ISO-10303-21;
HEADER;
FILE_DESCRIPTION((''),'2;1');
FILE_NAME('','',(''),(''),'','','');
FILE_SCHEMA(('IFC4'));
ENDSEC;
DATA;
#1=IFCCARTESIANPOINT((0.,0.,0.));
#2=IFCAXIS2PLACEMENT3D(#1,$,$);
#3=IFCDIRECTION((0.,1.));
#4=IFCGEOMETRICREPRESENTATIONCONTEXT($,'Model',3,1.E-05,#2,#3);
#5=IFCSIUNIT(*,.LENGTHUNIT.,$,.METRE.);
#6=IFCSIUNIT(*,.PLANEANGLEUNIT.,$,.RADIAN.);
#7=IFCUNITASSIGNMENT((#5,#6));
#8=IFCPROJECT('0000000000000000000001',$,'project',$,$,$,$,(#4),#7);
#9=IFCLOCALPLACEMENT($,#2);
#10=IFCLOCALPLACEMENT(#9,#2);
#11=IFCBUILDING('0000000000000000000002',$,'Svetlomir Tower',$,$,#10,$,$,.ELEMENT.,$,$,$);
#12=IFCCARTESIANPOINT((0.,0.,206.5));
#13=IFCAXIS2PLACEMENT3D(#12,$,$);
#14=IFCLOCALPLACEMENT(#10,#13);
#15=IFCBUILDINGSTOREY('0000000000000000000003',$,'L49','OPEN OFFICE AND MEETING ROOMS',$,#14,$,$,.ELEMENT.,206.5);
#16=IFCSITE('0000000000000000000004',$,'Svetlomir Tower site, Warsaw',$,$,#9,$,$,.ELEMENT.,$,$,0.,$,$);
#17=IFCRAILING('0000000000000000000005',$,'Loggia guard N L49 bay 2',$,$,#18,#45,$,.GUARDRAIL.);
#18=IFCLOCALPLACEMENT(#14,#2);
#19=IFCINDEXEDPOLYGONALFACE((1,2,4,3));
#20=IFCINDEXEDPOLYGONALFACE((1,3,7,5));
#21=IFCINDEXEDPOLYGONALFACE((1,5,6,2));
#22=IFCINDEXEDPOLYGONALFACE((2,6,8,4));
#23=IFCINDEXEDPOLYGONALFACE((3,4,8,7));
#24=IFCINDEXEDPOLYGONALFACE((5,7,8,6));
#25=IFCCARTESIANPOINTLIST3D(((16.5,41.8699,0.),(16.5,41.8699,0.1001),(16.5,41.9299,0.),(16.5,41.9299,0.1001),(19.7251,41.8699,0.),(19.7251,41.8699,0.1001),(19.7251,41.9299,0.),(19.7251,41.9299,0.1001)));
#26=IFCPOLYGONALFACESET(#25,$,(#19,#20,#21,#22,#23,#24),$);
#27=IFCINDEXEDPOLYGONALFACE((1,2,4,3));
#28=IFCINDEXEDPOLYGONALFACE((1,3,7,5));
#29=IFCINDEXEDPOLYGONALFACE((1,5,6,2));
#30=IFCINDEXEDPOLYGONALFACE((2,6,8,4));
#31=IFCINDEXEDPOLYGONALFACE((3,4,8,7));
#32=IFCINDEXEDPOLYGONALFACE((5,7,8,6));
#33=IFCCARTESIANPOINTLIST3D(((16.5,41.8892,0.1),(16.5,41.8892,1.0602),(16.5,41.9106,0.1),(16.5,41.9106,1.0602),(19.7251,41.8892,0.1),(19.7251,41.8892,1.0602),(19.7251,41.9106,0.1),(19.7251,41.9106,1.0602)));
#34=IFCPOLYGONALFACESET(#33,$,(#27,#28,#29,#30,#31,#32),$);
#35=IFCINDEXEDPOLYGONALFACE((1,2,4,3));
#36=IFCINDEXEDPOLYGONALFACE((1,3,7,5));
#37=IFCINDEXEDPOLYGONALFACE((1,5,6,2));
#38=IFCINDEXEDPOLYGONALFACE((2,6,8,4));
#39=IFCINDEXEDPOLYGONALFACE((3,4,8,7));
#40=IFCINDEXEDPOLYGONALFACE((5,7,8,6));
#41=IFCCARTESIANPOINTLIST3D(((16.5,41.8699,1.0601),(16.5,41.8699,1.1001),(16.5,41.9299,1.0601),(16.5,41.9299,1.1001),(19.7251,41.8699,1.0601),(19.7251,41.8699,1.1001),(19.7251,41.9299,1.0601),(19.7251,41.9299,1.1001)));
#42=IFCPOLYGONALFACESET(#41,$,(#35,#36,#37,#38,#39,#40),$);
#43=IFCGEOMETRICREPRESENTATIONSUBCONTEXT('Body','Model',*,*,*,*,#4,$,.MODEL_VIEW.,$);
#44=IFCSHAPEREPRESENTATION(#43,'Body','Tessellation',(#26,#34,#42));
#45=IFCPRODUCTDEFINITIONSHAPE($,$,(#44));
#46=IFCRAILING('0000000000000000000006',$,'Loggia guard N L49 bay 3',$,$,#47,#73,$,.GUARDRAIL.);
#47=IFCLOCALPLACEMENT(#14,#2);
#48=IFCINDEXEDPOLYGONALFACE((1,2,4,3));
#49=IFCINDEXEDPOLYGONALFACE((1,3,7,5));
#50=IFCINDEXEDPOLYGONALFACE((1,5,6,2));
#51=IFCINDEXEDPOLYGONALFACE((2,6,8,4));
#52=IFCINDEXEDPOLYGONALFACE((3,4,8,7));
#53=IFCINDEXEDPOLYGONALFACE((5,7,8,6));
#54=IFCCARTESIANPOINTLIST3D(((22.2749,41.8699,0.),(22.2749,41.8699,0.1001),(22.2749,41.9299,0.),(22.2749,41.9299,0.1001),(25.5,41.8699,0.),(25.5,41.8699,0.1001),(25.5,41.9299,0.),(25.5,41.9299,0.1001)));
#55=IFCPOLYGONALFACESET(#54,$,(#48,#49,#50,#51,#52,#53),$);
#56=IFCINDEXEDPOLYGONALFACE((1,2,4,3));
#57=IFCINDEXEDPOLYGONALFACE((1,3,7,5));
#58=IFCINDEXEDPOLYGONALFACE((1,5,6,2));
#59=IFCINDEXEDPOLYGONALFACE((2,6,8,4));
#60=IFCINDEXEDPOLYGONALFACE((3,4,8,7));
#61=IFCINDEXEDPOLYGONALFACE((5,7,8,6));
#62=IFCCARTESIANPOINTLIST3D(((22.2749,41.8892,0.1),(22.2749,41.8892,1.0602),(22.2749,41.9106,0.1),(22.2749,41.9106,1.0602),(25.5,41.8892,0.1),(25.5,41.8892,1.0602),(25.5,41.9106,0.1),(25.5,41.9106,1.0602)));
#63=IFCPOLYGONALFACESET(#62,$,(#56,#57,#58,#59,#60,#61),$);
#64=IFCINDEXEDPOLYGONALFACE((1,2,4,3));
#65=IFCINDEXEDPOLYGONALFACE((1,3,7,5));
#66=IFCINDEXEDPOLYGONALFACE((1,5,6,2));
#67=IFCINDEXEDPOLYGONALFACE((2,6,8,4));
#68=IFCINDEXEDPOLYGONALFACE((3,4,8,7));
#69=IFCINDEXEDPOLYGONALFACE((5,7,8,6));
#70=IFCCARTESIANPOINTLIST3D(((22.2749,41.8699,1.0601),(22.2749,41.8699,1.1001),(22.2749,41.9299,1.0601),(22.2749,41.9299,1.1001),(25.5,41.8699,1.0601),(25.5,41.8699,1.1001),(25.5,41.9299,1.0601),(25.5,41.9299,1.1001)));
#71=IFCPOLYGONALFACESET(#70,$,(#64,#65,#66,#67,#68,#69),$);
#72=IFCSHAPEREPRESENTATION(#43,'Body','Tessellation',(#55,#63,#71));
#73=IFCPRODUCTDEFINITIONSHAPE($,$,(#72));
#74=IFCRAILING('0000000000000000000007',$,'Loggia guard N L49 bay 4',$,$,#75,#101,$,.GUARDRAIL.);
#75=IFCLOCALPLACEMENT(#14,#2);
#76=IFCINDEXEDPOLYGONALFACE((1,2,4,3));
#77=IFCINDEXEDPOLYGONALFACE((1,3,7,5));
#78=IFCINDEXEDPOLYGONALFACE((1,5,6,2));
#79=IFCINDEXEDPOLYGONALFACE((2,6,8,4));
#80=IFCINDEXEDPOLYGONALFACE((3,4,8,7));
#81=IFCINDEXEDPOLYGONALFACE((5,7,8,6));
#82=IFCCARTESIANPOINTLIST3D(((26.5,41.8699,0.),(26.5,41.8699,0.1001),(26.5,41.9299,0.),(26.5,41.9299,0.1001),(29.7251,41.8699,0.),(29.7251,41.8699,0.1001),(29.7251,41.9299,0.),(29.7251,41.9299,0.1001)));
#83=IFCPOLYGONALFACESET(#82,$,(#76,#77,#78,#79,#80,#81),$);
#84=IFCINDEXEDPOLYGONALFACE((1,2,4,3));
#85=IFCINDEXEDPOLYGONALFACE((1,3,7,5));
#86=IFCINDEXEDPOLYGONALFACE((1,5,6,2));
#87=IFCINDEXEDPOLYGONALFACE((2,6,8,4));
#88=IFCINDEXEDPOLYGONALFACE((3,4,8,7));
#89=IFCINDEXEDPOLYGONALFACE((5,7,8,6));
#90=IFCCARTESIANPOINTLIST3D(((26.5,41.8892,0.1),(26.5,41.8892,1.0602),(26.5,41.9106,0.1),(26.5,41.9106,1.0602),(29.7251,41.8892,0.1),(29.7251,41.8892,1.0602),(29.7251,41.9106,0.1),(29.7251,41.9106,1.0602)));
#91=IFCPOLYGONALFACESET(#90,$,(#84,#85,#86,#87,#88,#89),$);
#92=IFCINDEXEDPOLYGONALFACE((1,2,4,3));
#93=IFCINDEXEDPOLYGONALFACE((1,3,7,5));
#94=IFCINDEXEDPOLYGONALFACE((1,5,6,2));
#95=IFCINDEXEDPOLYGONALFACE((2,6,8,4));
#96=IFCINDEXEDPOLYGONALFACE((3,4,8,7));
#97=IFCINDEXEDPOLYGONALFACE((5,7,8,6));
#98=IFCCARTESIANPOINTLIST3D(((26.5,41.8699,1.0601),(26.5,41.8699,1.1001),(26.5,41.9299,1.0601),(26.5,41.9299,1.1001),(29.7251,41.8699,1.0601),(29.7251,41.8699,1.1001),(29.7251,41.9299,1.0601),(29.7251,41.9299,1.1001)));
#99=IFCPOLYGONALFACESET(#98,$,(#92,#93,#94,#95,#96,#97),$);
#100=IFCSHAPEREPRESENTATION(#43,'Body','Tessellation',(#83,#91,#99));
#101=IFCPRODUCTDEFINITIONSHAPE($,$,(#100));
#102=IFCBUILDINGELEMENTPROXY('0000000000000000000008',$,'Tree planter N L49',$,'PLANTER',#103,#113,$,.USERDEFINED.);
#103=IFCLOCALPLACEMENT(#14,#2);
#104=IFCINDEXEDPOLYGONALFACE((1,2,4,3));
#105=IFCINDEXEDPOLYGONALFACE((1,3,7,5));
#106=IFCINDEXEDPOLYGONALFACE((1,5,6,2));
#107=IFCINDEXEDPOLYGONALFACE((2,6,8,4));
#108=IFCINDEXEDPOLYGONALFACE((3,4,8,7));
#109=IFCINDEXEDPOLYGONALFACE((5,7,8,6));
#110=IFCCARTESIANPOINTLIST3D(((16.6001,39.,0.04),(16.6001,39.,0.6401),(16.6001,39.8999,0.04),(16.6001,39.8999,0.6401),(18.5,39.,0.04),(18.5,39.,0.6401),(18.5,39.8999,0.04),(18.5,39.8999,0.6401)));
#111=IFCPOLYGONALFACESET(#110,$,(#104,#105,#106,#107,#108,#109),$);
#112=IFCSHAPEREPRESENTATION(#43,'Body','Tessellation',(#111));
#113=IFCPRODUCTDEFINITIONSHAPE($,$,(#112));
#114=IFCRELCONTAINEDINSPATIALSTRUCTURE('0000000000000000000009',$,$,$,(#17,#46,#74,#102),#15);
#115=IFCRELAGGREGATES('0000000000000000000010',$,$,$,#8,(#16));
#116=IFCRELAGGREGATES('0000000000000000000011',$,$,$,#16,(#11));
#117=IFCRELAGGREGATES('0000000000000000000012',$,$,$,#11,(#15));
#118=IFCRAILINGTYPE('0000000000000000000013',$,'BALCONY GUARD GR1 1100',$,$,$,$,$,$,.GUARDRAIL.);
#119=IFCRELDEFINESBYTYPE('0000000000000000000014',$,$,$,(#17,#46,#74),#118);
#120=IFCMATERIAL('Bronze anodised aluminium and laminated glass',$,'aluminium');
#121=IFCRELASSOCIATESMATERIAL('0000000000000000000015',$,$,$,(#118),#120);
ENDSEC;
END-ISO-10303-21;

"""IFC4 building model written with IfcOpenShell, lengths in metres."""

from ifc_helpers import new_model, si_unit, direction, frame, origin, origin_2d, place, context, subcontext, project, spatial, rectangle, extrude, material, type_object, element, save


model = new_model("IFC4")

# Units and contexts
model_context = context("Model", 3, precision=1e-05, world=origin(), true_north=direction((0.0, 1.0)))
body_context = subcontext(model_context, "Body", "Model", "MODEL_VIEW")
ifc_project = project(units=[si_unit("LENGTHUNIT", "METRE"), si_unit("PLANEANGLEUNIT", "RADIAN")], contexts=[model_context])

# Site, building, storey
site_placement = place(None, origin())
site = spatial("IfcSite", under=ifc_project, at=site_placement, Name="Svetlomir Tower site, Warsaw", CompositionType="ELEMENT", RefElevation=0.0)
building_placement = place(site_placement, origin())
building = spatial("IfcBuilding", under=site, at=building_placement, Name="Svetlomir Tower", CompositionType="ELEMENT")
storey_placement = place(building_placement, frame((0.0, 0.0, 206.5)))
storey = spatial("IfcBuildingStorey", under=building, at=storey_placement, Name="L49", Description="OPEN OFFICE AND MEETING ROOMS", CompositionType="ELEMENT", Elevation=206.5)

# Railings
ifc_material_1 = material(Name="Bronze anodised aluminium and laminated glass", Category="aluminium")
railing_type = type_object("IfcRailingType", Name="BALCONY GUARD GR1 1100", PredefinedType="GUARDRAIL", material=ifc_material_1)
for number, where, name in (
    (1, (16.5, 41.8999, 0.0), "Loggia guard N L49 bay 2"),
    (2, (22.2749, 41.8999, 0.0), "Loggia guard N L49 bay 3"),
    (3, (26.5, 41.8999, 0.0), "Loggia guard N L49 bay 4"),
):
    element("IfcRailing", number, at=place(storey_placement, frame(where)), inside=storey, type_object=railing_type, Name=name, PredefinedType="GUARDRAIL", context=body_context, shape_type="SweptSolid", body=[
        extrude(rectangle(XDim=0.0601, YDim=0.1001, at=origin_2d()), frame((0.0, 0.0, 0.05), z_axis=(1.0, 0.0, 0.0), x_axis=(0.0, 1.0, 0.0)), (0.0, 0.0, 1.0), 3.2251),
        extrude(rectangle(XDim=0.0215, YDim=0.9602, at=origin_2d()), frame((0.0, 0.0, 0.5801), z_axis=(1.0, 0.0, 0.0), x_axis=(0.0, 1.0, 0.0)), (0.0, 0.0, 1.0), 3.2251),
        extrude(rectangle(XDim=0.0601, YDim=0.04, at=origin_2d()), frame((0.0, 0.0, 1.0801), z_axis=(1.0, 0.0, 0.0), x_axis=(0.0, 1.0, 0.0)), (0.0, 0.0, 1.0), 3.2251),
    ])

# Building element proxy
proxy_placement = place(storey_placement, frame((17.55, 39.45, 0.04), z_axis=(0.0, 0.0, 1.0), x_axis=(1.0, 0.0, 0.0)))
element("IfcBuildingElementProxy", 4, at=proxy_placement, inside=storey, Name="Tree planter N L49", ObjectType="PLANTER", PredefinedType="USERDEFINED", context=body_context, shape_type="SweptSolid", body=[
    extrude(rectangle(XDim=1.8999, YDim=0.8999, at=origin_2d()), origin(), (0.0, 0.0, 1.0), 0.6001),
])

save(model, "model.ifc")
